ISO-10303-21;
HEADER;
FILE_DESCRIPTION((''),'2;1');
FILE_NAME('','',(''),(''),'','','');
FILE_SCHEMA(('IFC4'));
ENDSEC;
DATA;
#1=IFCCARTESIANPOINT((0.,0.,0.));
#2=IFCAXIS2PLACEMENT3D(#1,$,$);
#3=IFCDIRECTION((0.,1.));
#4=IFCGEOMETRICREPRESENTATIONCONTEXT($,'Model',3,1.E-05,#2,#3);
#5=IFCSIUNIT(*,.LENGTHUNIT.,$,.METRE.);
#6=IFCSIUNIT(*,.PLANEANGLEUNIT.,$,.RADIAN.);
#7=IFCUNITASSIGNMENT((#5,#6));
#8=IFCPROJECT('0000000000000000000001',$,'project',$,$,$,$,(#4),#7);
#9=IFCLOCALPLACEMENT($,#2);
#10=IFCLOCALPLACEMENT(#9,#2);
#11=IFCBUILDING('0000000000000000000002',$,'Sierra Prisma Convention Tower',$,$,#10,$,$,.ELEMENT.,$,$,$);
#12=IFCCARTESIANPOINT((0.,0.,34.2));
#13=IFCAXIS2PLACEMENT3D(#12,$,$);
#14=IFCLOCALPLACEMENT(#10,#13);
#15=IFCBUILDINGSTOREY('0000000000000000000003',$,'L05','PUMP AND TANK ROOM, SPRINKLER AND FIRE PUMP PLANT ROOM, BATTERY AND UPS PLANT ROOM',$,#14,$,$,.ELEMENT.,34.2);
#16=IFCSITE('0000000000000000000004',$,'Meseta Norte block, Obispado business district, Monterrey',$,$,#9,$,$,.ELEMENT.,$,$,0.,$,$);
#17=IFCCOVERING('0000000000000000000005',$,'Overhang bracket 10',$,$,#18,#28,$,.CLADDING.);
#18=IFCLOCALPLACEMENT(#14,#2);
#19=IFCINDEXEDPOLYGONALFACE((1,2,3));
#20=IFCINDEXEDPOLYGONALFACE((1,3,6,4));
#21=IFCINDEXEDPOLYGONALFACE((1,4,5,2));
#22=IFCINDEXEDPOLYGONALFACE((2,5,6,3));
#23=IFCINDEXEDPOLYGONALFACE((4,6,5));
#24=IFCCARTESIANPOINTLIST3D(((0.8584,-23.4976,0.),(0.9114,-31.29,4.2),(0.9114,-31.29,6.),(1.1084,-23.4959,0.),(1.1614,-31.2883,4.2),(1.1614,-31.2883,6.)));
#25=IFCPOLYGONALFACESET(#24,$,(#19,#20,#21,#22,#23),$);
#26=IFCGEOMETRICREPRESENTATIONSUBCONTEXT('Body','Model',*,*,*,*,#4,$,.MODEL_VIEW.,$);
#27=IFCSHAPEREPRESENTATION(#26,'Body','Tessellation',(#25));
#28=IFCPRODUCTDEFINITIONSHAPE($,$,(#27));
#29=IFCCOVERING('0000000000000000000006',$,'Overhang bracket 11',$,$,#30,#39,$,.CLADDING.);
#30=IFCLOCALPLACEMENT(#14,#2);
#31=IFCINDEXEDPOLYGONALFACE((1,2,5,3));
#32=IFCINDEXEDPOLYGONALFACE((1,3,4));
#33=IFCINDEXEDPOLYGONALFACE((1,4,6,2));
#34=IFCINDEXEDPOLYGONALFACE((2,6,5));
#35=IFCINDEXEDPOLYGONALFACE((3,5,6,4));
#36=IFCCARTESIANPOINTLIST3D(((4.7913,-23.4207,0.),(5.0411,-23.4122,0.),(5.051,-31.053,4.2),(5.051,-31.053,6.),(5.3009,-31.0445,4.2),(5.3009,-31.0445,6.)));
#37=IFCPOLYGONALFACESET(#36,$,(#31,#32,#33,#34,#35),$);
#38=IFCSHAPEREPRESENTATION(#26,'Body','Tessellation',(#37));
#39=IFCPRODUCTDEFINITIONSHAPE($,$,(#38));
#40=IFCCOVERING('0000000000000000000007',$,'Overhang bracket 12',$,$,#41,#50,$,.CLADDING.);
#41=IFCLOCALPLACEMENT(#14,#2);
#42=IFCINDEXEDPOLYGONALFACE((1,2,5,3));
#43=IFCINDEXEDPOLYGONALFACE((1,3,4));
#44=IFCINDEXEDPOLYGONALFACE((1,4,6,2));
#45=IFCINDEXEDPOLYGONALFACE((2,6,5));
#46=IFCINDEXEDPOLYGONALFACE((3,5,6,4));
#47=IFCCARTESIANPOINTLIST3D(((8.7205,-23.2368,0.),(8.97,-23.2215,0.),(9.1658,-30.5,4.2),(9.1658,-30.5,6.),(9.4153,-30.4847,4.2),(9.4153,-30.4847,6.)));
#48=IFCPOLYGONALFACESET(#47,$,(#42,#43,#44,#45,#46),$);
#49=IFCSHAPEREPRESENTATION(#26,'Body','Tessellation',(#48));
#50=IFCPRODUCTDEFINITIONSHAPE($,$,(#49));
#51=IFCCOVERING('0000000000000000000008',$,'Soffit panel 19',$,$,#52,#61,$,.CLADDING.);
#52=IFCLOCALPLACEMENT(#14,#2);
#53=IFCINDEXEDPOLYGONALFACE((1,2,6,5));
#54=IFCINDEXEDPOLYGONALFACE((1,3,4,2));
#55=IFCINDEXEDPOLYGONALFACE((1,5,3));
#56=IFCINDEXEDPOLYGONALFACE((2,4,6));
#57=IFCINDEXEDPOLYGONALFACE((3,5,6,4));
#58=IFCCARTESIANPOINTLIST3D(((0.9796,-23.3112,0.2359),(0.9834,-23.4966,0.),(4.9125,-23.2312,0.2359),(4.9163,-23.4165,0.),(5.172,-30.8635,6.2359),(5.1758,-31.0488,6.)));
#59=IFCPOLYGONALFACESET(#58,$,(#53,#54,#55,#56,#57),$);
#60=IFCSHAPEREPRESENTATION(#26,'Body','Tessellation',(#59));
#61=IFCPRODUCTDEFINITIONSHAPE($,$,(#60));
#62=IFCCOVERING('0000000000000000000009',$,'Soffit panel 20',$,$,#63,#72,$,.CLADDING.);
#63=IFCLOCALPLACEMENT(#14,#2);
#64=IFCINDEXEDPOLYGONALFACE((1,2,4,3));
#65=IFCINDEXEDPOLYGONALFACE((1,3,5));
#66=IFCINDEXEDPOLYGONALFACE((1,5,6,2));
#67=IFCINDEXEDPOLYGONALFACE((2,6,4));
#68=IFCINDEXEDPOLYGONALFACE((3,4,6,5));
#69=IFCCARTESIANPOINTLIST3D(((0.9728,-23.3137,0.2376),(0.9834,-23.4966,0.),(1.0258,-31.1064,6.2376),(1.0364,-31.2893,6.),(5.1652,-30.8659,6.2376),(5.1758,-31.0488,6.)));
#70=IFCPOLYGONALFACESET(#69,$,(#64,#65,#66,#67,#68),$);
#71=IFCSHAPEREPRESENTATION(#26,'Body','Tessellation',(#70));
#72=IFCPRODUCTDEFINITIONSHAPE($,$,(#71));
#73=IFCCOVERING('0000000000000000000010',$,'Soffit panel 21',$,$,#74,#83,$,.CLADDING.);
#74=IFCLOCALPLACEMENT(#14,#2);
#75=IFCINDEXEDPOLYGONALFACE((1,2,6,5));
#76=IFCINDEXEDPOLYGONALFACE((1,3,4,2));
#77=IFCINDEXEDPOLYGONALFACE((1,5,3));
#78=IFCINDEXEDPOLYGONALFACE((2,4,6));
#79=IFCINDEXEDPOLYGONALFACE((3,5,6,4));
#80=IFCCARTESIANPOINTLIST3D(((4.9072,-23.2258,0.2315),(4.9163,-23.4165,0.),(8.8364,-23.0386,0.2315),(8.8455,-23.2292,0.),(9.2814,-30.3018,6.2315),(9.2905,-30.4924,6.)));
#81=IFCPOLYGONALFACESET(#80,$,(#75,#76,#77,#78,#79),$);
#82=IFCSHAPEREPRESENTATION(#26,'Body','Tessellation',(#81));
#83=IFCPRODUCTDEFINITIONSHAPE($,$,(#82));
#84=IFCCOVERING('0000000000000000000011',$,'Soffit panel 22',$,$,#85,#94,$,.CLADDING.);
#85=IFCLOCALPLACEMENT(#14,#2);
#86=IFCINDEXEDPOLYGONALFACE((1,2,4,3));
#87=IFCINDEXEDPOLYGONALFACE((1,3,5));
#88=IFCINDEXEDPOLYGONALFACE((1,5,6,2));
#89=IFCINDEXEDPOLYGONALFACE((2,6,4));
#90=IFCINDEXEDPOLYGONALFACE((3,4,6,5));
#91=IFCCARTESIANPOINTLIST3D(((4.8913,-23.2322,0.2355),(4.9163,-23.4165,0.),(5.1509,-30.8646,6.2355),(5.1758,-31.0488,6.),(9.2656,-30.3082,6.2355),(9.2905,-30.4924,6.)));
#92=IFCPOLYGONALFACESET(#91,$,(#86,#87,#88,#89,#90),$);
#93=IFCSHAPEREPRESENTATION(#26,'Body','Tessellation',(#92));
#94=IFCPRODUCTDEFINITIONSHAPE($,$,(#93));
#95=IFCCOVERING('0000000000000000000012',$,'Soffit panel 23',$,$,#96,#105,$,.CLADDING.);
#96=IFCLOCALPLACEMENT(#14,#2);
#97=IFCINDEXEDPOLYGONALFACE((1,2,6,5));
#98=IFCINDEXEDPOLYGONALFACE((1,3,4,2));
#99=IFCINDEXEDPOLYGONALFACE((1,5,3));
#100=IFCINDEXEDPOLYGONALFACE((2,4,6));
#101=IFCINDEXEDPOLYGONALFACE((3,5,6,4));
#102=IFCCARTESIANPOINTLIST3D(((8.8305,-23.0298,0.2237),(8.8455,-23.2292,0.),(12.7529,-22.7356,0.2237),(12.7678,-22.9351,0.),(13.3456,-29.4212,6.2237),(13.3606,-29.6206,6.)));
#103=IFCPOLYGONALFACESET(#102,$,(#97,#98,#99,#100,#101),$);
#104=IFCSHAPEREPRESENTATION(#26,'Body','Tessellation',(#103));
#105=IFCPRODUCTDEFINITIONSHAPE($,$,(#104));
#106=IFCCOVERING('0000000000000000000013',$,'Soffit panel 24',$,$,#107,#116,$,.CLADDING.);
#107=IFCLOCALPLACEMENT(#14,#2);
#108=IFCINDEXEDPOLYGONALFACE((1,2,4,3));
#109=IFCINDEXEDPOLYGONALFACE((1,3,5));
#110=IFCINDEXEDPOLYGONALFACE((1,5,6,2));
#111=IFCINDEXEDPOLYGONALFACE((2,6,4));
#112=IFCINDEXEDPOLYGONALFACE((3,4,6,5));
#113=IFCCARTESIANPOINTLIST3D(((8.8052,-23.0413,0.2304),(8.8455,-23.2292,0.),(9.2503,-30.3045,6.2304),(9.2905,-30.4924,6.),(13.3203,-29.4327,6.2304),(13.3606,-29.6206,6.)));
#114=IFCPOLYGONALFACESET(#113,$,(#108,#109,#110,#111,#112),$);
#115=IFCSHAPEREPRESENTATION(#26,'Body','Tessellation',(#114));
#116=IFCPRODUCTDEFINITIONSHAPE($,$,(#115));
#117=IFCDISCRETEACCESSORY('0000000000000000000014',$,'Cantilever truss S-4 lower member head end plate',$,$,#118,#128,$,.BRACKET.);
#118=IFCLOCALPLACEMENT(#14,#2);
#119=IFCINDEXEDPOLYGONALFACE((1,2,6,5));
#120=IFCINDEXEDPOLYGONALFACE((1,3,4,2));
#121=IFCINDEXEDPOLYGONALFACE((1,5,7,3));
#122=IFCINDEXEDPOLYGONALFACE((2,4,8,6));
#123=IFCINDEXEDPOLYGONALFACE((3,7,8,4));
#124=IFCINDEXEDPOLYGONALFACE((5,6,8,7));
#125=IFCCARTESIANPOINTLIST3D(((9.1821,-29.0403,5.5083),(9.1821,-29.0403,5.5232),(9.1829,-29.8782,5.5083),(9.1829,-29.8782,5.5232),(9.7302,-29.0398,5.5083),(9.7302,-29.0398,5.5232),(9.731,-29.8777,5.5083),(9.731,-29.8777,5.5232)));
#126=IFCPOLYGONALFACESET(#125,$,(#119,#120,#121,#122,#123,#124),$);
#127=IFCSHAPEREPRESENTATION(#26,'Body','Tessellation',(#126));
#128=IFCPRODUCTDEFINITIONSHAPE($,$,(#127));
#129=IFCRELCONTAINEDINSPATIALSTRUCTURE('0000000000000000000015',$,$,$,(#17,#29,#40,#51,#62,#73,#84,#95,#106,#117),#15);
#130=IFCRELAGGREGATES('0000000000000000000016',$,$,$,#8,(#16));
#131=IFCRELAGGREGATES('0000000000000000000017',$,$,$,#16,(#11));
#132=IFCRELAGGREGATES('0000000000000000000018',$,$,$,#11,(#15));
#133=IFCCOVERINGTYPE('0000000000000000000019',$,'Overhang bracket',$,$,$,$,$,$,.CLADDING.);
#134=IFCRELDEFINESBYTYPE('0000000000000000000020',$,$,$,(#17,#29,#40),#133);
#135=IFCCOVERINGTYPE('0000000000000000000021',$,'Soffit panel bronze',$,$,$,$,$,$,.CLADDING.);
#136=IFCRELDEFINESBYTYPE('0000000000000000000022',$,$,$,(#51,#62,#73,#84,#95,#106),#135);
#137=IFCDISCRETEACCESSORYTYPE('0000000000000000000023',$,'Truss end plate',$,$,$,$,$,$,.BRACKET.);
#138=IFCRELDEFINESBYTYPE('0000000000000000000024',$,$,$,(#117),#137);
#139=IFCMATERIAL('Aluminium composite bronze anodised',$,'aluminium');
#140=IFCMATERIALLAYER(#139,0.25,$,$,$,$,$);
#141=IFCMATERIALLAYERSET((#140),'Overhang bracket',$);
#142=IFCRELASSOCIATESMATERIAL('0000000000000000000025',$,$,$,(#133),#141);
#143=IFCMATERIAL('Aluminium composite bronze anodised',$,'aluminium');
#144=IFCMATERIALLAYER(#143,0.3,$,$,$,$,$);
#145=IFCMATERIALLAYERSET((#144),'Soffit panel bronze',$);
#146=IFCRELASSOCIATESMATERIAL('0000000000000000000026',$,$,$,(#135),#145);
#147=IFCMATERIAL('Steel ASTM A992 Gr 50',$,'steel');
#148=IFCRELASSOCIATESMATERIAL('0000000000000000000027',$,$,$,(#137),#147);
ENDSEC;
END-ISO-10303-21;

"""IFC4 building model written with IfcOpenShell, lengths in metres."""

from ifc_helpers import new_model, si_unit, direction, frame, origin, origin_2d, place, context, subcontext, project, spatial, polyline, rectangle, outline, extrude, material, layer, layer_set, type_object, element, save


model = new_model("IFC4")

# Units and contexts
model_context = context("Model", 3, precision=1e-05, world=origin(), true_north=direction((0.0, 1.0)))
body_context = subcontext(model_context, "Body", "Model", "MODEL_VIEW")
ifc_project = project(units=[si_unit("LENGTHUNIT", "METRE"), si_unit("PLANEANGLEUNIT", "RADIAN")], contexts=[model_context])

# Site, building, storey
site_placement = place(None, origin())
site = spatial("IfcSite", under=ifc_project, at=site_placement, Name="Meseta Norte block, Obispado business district, Monterrey", CompositionType="ELEMENT", RefElevation=0.0)
building_placement = place(site_placement, origin())
building = spatial("IfcBuilding", under=site, at=building_placement, Name="Sierra Prisma Convention Tower", CompositionType="ELEMENT")
storey_placement = place(building_placement, frame((0.0, 0.0, 34.2)))
storey = spatial("IfcBuildingStorey", under=building, at=storey_placement, Name="L05", Description="PUMP AND TANK ROOM, SPRINKLER AND FIRE PUMP PLANT ROOM, BATTERY AND UPS PLANT ROOM", CompositionType="ELEMENT", Elevation=34.2)

# Coverings
ifc_material_1 = material(Name="Aluminium composite bronze anodised", Category="aluminium")
ifc_layer_1 = layer(ifc_material_1, 0.25)
ifc_layer_set_1 = layer_set([ifc_layer_1], Name="Overhang bracket")
covering_type_1 = type_object("IfcCoveringType", Name="Overhang bracket", PredefinedType="CLADDING", material=ifc_layer_set_1)
covering_1_placement = place(storey_placement, frame((0.8584, -23.4976, 0.0), z_axis=(-0.999977, -0.006799, 0.0), x_axis=(0.005387, -0.792328, 0.610071)))
element("IfcCovering", 1, at=covering_1_placement, inside=storey, type_object=covering_type_1, Name="Overhang bracket 10", PredefinedType="CLADDING", context=body_context, shape_type="SweptSolid", body=[
    extrude(outline(polyline([(0.0, 0.0), (9.8349, 0.0), (8.7368, -1.4263), (0.0, 0.0)])), origin(), (0.0, 0.0, -1.0), 0.25),
])
covering_2_placement = place(storey_placement, frame((4.7913, -23.4207, 0.0), z_axis=(-0.999421, -0.034015, 0.0), x_axis=(0.026747, -0.785878, 0.617803)))
element("IfcCovering", 2, at=covering_2_placement, inside=storey, type_object=covering_type_1, Name="Overhang bracket 11", PredefinedType="CLADDING", context=body_context, shape_type="SweptSolid", body=[
    extrude(outline(polyline([(0.0, 0.0), (9.7118, 0.0), (8.5998, -1.4154), (0.0, 0.0)])), origin(), (0.0, 0.0, -1.0), 0.25),
])
covering_3_placement = place(storey_placement, frame((8.7205, -23.2368, 0.0), z_axis=(-0.998126, -0.061196, 0.0), x_axis=(0.047216, -0.770103, 0.63617)))
element("IfcCovering", 3, at=covering_3_placement, inside=storey, type_object=covering_type_1, Name="Overhang bracket 12", PredefinedType="CLADDING", context=body_context, shape_type="SweptSolid", body=[
    extrude(outline(polyline([(0.0, 0.0), (9.4314, 0.0), (8.2863, -1.3888), (0.0, 0.0)])), origin(), (0.0, 0.0, -1.0), 0.25),
])
ifc_material_2 = material(Name="Aluminium composite bronze anodised", Category="aluminium")
ifc_layer_2 = layer(ifc_material_2, 0.3)
ifc_layer_set_2 = layer_set([ifc_layer_2], Name="Soffit panel bronze")
covering_type_2 = type_object("IfcCoveringType", Name="Soffit panel bronze", PredefinedType="CLADDING", material=ifc_layer_set_2)
covering_4_placement = place(storey_placement, frame((0.9834, -23.4966, 0.0), z_axis=(0.012577, -0.61771, -0.786305), x_axis=(0.999793, 0.020357, 0.0)))
element("IfcCovering", 4, at=covering_4_placement, inside=storey, type_object=covering_type_2, Name="Soffit panel 19", PredefinedType="CLADDING", context=body_context, shape_type="SweptSolid", body=[
    extrude(outline(polyline([(0.0, 0.0), (3.9337, 0.0), (4.0378, 9.7113), (0.0, 0.0)])), origin(), (0.0, 0.0, -1.0), 0.3),
])
covering_5_placement = place(storey_placement, frame((0.9834, -23.4966, 0.0), z_axis=(0.035411, -0.609534, -0.791968), x_axis=(0.39862, -0.718082, 0.570491)))
element("IfcCovering", 5, at=covering_5_placement, inside=storey, type_object=covering_type_2, Name="Soffit panel 20", PredefinedType="CLADDING", context=body_context, shape_type="SweptSolid", body=[
    extrude(outline(polyline([(0.0, 0.0), (10.5172, 0.0), (9.0399, 3.8743), (0.0, 0.0)])), origin(), (0.0, 0.0, -1.0), 0.3),
])
covering_6_placement = place(storey_placement, frame((4.9163, -23.4165, 0.0), z_axis=(0.030286, -0.635484, -0.77152), x_axis=(0.998866, 0.047603, 0.0)))
element("IfcCovering", 6, at=covering_6_placement, inside=storey, type_object=covering_type_2, Name="Soffit panel 21", PredefinedType="CLADDING", context=body_context, shape_type="SweptSolid", body=[
    extrude(outline(polyline([(0.0, 0.0), (3.9337, 0.0), (4.0325, 9.4309), (0.0, 0.0)])), origin(), (0.0, 0.0, -1.0), 0.3),
])
covering_7_placement = place(storey_placement, frame((4.9163, -23.4165, 0.0), z_axis=(0.083044, -0.614142, -0.784814), x_axis=(0.426473, -0.689873, 0.584975)))
element("IfcCovering", 7, at=covering_7_placement, inside=storey, type_object=covering_type_2, Name="Soffit panel 22", PredefinedType="CLADDING", context=body_context, shape_type="SweptSolid", body=[
    extrude(outline(polyline([(0.0, 0.0), (10.2568, 0.0), (8.8859, 3.9193), (0.0, 0.0)])), origin(), (0.0, 0.0, -1.0), 0.3),
])
covering_8_placement = place(storey_placement, frame((8.8455, -23.2292, 0.0), z_axis=(0.04985, -0.664637, -0.745502), x_axis=(0.997199, 0.074793, 0.0)))
element("IfcCovering", 8, at=covering_8_placement, inside=storey, type_object=covering_type_2, Name="Soffit panel 23", PredefinedType="CLADDING", context=body_context, shape_type="SweptSolid", body=[
    extrude(outline(polyline([(0.0, 0.0), (3.9334, 0.0), (4.0245, 9.0022), (0.0, 0.0)])), origin(), (0.0, 0.0, -1.0), 0.3),
])
covering_9_placement = place(storey_placement, frame((8.8455, -23.2292, 0.0), z_axis=(0.13414, -0.626226, -0.768016), x_axis=(0.457886, -0.648156, 0.608468)))
element("IfcCovering", 9, at=covering_9_placement, inside=storey, type_object=covering_type_2, Name="Soffit panel 24", PredefinedType="CLADDING", context=body_context, shape_type="SweptSolid", body=[
    extrude(outline(polyline([(0.0, 0.0), (9.8608, 0.0), (8.5623, 3.9547), (0.0, 0.0)])), origin(), (0.0, 0.0, -1.0), 0.3),
])

# Discrete accessory
ifc_material_3 = material(Name="Steel ASTM A992 Gr 50", Category="steel")
discrete_accessory_type = type_object("IfcDiscreteAccessoryType", Name="Truss end plate", PredefinedType="BRACKET", material=ifc_material_3)
discrete_accessory_placement = place(storey_placement, frame((9.4565, -29.459, 5.5083), z_axis=(0.0, 0.0, 1.0), x_axis=(-0.000881, 1.0, 0.0)))
element("IfcDiscreteAccessory", 10, at=discrete_accessory_placement, inside=storey, type_object=discrete_accessory_type, Name="Cantilever truss S-4 lower member head end plate", PredefinedType="BRACKET", context=body_context, shape_type="SweptSolid", body=[
    extrude(rectangle(XDim=0.8379, YDim=0.5481, at=origin_2d()), origin(), (0.0, 0.0, 1.0), 0.0149),
])

save(model, "model.ifc")
